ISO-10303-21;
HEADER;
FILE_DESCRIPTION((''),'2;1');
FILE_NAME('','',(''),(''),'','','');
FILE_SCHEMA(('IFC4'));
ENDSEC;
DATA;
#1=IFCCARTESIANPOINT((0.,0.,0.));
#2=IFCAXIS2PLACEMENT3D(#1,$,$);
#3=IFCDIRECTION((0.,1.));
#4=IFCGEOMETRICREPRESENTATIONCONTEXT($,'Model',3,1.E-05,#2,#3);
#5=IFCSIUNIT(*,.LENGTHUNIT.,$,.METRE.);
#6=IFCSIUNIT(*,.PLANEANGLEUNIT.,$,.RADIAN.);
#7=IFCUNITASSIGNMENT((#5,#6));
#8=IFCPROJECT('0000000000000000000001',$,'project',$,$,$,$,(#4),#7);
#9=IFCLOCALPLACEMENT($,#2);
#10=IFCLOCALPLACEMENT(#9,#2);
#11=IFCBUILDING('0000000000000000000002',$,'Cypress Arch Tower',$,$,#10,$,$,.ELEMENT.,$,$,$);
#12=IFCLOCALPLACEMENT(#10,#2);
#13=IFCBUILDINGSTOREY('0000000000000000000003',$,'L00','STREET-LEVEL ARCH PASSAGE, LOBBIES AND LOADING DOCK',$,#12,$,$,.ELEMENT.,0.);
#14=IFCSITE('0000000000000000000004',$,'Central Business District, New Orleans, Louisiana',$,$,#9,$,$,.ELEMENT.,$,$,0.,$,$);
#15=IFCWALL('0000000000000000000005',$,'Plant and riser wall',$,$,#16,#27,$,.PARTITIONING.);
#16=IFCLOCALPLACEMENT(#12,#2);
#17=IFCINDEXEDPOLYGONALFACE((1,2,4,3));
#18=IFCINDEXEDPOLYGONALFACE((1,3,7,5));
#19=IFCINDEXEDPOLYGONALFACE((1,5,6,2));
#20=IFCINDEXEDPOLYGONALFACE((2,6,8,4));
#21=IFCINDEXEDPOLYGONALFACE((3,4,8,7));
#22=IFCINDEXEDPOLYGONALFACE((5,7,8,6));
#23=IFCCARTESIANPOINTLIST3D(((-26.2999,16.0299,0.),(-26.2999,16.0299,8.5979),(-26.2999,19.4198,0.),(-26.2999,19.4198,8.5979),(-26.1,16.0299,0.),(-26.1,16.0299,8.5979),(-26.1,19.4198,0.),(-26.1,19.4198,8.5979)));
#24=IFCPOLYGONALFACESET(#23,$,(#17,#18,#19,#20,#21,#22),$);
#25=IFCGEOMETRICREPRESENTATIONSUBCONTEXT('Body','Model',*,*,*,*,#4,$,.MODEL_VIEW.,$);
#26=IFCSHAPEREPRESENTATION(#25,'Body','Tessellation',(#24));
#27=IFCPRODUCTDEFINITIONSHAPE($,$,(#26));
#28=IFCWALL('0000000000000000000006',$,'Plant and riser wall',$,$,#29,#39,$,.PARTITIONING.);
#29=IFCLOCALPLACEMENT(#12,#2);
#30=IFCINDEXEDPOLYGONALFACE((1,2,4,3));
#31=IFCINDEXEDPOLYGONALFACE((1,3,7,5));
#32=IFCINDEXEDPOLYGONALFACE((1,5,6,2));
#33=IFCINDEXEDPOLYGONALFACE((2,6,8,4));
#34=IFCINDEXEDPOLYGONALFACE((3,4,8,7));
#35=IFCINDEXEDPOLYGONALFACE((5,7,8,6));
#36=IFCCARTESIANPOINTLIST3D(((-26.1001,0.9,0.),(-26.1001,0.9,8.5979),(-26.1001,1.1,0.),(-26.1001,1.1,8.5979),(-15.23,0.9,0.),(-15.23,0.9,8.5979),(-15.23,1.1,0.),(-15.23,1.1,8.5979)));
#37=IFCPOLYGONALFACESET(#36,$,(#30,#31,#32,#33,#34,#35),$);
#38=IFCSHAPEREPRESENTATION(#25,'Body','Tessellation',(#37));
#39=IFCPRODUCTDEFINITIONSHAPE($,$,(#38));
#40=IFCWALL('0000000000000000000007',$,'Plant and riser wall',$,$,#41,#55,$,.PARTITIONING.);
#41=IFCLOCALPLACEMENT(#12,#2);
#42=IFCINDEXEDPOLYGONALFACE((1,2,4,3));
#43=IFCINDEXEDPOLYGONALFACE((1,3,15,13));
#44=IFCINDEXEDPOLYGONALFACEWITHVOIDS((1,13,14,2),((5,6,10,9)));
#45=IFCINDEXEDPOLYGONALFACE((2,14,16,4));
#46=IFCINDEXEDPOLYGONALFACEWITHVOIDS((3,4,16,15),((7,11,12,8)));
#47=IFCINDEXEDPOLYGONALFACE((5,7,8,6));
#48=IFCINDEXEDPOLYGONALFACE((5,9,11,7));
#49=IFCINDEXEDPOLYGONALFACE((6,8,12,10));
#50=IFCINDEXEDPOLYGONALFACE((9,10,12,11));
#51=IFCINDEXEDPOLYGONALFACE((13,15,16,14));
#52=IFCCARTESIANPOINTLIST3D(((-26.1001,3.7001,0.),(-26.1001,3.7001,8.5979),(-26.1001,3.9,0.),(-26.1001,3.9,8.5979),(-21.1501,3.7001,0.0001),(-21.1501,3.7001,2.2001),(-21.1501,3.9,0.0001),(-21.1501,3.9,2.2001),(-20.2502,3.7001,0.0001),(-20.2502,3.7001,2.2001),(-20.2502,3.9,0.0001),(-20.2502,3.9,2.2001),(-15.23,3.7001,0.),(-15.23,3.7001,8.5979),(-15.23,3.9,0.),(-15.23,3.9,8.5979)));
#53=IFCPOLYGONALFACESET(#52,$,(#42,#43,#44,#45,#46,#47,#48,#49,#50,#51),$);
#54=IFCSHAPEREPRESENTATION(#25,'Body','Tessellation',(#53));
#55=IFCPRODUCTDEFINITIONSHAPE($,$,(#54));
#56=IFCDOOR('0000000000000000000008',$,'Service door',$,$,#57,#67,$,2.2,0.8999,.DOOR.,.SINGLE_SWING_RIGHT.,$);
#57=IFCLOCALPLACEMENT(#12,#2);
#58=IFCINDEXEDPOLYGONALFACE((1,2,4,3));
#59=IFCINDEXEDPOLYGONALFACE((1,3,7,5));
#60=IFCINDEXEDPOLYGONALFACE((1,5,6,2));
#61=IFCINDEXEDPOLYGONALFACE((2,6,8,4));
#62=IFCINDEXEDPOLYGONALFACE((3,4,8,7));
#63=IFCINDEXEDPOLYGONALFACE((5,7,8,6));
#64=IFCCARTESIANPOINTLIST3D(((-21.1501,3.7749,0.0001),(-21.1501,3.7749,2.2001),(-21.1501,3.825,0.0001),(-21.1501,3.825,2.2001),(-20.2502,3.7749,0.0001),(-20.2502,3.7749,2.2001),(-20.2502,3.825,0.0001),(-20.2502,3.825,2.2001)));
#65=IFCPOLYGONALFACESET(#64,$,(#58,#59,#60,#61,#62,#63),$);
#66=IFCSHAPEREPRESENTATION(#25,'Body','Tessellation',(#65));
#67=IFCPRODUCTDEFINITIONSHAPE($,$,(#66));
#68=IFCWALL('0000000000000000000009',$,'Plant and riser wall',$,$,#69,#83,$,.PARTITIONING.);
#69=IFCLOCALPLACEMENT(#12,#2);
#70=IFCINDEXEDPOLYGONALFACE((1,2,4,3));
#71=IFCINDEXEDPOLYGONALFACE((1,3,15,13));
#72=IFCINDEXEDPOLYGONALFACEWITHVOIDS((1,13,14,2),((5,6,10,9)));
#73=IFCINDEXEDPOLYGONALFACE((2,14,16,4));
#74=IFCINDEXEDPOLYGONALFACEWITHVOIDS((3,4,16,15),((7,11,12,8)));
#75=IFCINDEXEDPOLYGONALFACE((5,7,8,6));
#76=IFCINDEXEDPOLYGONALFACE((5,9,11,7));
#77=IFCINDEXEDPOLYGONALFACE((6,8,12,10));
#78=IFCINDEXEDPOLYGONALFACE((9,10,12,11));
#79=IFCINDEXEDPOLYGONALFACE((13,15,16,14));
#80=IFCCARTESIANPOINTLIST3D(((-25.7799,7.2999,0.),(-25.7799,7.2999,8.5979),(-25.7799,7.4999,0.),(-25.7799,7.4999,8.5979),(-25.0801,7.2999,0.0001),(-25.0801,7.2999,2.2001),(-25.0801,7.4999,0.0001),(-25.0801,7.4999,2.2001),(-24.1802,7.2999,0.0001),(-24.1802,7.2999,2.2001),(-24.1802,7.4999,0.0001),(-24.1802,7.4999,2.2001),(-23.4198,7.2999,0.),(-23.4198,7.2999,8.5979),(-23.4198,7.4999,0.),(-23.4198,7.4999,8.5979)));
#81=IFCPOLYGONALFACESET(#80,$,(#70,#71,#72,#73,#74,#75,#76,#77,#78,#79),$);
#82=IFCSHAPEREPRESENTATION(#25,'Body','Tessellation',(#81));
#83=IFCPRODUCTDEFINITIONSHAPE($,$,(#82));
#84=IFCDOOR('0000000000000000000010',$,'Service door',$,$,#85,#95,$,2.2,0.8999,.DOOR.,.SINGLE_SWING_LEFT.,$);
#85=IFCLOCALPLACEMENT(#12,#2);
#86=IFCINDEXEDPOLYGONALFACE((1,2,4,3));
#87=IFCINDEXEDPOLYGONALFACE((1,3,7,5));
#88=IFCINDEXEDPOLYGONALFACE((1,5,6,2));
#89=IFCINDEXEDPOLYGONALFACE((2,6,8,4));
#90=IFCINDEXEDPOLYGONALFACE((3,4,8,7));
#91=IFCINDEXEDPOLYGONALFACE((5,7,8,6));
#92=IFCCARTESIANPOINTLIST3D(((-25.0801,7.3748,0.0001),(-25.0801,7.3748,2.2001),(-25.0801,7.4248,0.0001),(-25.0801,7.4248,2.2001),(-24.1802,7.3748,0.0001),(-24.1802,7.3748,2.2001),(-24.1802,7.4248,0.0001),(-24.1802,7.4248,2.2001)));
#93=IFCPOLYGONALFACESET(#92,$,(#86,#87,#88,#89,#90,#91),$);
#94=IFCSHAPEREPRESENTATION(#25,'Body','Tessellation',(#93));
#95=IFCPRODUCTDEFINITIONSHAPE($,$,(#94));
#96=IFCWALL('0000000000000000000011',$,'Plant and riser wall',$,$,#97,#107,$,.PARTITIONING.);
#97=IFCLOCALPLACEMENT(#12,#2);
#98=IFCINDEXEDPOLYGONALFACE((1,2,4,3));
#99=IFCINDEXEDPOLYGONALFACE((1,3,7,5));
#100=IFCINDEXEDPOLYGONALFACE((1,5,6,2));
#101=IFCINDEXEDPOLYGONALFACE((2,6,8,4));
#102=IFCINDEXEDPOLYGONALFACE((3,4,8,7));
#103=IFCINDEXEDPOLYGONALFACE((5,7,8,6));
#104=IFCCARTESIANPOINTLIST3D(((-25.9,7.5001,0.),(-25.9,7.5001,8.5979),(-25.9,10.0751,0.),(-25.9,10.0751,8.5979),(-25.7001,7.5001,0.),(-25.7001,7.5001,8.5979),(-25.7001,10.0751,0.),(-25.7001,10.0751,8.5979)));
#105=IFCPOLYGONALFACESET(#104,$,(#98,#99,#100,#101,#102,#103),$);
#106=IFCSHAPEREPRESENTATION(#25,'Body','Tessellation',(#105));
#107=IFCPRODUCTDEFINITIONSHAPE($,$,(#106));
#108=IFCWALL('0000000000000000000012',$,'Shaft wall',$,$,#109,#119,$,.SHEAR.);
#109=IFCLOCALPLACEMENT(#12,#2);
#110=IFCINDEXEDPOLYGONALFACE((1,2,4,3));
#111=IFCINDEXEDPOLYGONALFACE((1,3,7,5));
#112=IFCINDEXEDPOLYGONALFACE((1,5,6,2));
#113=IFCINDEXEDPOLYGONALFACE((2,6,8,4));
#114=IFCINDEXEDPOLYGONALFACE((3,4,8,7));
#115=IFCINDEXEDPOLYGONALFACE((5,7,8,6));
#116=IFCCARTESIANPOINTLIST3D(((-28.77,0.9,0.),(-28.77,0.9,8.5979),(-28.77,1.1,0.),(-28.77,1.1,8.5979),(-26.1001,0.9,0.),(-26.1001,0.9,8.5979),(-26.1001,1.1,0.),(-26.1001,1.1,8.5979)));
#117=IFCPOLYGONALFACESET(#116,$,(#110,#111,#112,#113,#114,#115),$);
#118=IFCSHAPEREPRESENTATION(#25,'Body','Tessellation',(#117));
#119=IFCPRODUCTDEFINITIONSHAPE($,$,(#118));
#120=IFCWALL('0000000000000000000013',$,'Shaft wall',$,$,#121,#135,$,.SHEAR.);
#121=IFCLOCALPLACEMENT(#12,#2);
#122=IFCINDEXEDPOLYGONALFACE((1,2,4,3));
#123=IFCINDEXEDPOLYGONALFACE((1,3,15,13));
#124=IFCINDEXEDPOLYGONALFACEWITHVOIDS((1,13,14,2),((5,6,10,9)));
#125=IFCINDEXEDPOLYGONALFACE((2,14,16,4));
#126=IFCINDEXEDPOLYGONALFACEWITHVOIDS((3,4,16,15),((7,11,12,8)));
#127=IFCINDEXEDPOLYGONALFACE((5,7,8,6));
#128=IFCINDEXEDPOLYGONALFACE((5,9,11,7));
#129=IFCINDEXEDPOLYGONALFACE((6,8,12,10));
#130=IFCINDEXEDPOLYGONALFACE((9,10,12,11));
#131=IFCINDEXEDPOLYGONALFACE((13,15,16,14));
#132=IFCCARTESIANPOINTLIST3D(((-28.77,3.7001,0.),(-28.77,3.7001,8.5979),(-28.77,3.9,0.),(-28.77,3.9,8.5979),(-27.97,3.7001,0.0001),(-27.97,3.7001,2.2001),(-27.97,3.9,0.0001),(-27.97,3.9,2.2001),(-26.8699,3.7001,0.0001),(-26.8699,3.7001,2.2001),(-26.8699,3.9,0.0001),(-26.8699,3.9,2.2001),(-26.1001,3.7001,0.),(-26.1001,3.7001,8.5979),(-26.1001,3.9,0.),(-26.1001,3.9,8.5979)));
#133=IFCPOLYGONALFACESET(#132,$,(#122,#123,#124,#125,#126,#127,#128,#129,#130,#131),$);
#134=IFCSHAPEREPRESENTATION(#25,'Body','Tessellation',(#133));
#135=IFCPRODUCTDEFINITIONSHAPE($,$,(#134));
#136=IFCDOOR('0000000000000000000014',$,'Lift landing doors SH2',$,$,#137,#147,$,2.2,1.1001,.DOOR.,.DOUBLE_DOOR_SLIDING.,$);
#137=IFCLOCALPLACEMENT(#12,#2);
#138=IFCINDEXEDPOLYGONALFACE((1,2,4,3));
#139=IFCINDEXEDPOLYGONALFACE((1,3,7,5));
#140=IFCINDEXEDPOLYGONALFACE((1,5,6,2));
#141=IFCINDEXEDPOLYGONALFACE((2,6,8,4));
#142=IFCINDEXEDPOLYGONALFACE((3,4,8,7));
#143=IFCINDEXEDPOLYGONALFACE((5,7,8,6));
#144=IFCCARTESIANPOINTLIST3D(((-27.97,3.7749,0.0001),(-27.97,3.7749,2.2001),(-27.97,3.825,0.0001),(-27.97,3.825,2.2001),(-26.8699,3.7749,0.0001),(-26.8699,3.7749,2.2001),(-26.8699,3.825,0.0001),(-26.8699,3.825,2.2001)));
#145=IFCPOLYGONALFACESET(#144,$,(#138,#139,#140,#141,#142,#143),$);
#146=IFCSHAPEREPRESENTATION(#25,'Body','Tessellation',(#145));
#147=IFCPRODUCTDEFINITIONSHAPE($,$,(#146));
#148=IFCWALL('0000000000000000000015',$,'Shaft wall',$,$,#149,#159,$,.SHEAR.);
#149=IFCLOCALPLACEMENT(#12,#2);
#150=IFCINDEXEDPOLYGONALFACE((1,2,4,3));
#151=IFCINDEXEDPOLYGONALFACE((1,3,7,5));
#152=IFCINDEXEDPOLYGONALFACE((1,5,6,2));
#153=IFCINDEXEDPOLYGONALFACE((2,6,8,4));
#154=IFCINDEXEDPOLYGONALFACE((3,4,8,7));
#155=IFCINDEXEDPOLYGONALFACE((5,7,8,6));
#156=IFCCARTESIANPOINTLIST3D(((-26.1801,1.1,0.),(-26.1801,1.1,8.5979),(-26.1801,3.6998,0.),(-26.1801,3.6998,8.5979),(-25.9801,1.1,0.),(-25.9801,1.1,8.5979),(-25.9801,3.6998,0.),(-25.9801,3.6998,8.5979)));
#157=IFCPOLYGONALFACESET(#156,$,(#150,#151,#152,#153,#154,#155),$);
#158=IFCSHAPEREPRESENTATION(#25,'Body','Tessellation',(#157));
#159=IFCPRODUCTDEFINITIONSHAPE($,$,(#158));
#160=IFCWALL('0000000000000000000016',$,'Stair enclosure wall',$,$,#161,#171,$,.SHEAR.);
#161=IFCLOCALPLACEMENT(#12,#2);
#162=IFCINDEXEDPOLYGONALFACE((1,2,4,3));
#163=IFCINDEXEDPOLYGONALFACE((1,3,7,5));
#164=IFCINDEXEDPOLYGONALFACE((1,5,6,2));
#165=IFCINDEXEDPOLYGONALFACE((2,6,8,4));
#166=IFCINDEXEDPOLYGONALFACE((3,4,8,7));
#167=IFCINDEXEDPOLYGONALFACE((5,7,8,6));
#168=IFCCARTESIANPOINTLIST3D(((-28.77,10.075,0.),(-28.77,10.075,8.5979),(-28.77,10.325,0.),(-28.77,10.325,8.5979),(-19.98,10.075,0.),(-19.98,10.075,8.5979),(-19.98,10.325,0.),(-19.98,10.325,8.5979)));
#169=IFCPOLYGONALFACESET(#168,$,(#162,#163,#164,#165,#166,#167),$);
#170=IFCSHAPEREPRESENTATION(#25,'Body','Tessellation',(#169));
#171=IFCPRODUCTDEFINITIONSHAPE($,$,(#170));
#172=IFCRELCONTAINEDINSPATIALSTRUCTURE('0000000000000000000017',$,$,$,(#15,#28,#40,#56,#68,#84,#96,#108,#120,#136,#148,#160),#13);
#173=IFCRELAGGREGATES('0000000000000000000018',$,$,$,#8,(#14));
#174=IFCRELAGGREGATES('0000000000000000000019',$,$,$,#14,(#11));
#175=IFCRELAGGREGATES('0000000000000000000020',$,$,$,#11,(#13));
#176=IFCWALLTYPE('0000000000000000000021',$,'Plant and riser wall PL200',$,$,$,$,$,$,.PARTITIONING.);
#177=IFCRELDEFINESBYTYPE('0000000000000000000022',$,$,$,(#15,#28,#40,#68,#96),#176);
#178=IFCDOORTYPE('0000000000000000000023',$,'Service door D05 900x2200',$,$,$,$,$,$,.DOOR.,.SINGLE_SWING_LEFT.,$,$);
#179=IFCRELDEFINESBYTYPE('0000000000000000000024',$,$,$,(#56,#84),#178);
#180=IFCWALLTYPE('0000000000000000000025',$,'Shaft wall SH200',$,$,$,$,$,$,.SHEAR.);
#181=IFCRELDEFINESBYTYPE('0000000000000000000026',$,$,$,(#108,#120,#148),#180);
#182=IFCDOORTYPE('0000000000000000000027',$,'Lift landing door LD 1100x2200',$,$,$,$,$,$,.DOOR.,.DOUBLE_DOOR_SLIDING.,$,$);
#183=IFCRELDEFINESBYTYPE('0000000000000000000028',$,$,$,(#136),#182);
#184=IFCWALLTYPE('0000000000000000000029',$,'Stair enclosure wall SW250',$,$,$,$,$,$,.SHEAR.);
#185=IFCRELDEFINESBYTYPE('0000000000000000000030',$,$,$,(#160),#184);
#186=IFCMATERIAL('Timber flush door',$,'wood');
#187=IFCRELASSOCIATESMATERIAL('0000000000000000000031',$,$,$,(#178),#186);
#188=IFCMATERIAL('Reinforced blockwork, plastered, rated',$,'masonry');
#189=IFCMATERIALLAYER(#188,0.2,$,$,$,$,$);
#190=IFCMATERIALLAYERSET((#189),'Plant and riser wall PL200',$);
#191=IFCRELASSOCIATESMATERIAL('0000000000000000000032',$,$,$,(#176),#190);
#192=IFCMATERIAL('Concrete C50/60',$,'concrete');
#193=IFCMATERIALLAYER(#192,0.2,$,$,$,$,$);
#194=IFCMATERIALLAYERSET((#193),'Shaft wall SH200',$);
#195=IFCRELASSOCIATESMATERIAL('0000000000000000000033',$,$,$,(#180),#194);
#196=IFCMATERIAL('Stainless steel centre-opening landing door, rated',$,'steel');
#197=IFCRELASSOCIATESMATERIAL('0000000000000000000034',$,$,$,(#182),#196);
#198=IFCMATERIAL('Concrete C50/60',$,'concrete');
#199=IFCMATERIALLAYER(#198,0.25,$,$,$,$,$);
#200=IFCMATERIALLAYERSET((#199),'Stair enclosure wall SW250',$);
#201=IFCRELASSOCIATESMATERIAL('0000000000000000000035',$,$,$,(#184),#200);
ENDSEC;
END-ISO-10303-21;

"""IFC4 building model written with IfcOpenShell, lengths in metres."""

from ifc_helpers import new_model, si_unit, direction, frame, frame_2d, origin, place, context, subcontext, project, spatial, rectangle, extrude, material, layer, layer_set, type_object, element, fill, save


model = new_model("IFC4")

# Units and contexts
model_context = context("Model", 3, precision=1e-05, world=origin(), true_north=direction((0.0, 1.0)))
body_context = subcontext(model_context, "Body", "Model", "MODEL_VIEW")
ifc_project = project(units=[si_unit("LENGTHUNIT", "METRE"), si_unit("PLANEANGLEUNIT", "RADIAN")], contexts=[model_context])

# Site, building, storey
site_placement = place(None, origin())
site = spatial("IfcSite", under=ifc_project, at=site_placement, Name="Central Business District, New Orleans, Louisiana", CompositionType="ELEMENT", RefElevation=0.0)
building_placement = place(site_placement, origin())
building = spatial("IfcBuilding", under=site, at=building_placement, Name="Cypress Arch Tower", CompositionType="ELEMENT")
storey_placement = place(building_placement, origin())
storey = spatial("IfcBuildingStorey", under=building, at=storey_placement, Name="L00", Description="STREET-LEVEL ARCH PASSAGE, LOBBIES AND LOADING DOCK", CompositionType="ELEMENT", Elevation=0.0)

# Shared definitions
ifc_material_1 = material(Name="Timber flush door", Category="wood")
door_type_1 = type_object("IfcDoorType", Name="Service door D05 900x2200", OperationType="SINGLE_SWING_LEFT", PredefinedType="DOOR", material=ifc_material_1)

# Walls
ifc_material_2 = material(Name="Reinforced blockwork, plastered, rated", Category="masonry")
ifc_layer_1 = layer(ifc_material_2, 0.2)
ifc_layer_set_1 = layer_set([ifc_layer_1], Name="Plant and riser wall PL200")
wall_type_1 = type_object("IfcWallType", Name="Plant and riser wall PL200", PredefinedType="PARTITIONING", material=ifc_layer_set_1)
wall_1_placement = place(storey_placement, frame((-26.2, 16.03, 0.0), z_axis=(0.0, 0.0, 1.0), x_axis=(0.0, 1.0, 0.0)))
element("IfcWall", 1, at=wall_1_placement, inside=storey, type_object=wall_type_1, Name="Plant and riser wall", PredefinedType="PARTITIONING", context=body_context, shape_type="SweptSolid", body=[
    extrude(rectangle(XDim=3.3899, YDim=0.2, at=frame_2d((1.6948, 0.0))), origin(), (0.0, 0.0, 1.0), 8.5979),
])
wall_2_placement = place(storey_placement, frame((-26.1001, 1.0, 0.0), z_axis=(0.0, 0.0, 1.0), x_axis=(1.0, 0.0, 0.0)))
element("IfcWall", 2, at=wall_2_placement, inside=storey, type_object=wall_type_1, Name="Plant and riser wall", PredefinedType="PARTITIONING", context=body_context, shape_type="SweptSolid", body=[
    extrude(rectangle(XDim=10.8701, YDim=0.2, at=frame_2d((5.4351, 0.0))), origin(), (0.0, 0.0, 1.0), 8.5979),
])

# Walls, openings, doors
wall_3_placement = place(storey_placement, frame((-26.1001, 3.8, 0.0), z_axis=(0.0, 0.0, 1.0), x_axis=(1.0, 0.0, 0.0)))
wall_3 = element("IfcWall", 3, at=wall_3_placement, inside=storey, type_object=wall_type_1, Name="Plant and riser wall", PredefinedType="PARTITIONING", context=body_context, shape_type="SweptSolid", body=[
    extrude(rectangle(XDim=10.8701, YDim=0.2, at=frame_2d((5.4351, 0.0))), origin(), (0.0, 0.0, 1.0), 8.5979),
])
opening_1_placement = place(wall_3_placement, frame((4.95, 0.0, 0.0)))
opening_1 = element("IfcOpeningElement", 4, at=opening_1_placement, cuts=wall_3, PredefinedType="OPENING", context=body_context, shape_type="SweptSolid", body=[
    extrude(rectangle(XDim=0.8999, YDim=2.2, at=frame_2d((0.45, 1.1001))), frame((0.0, 0.1099, 0.0), z_axis=(0.0, -1.0, 0.0), x_axis=(1.0, 0.0, 0.0)), (0.0, 0.0, 1.0), 0.22),
])
door_1_placement = place(opening_1_placement, origin())
door_1 = element("IfcDoor", 5, at=door_1_placement, inside=storey, type_object=door_type_1, Name="Service door", OperationType="SINGLE_SWING_RIGHT", OverallHeight=2.2, OverallWidth=0.8999, PredefinedType="DOOR", context=body_context, shape_type="SweptSolid", body=[
    extrude(rectangle(XDim=0.8999, YDim=2.2, at=frame_2d((0.45, 1.1001))), frame((0.0, 0.0249, 0.0), z_axis=(0.0, -1.0, 0.0), x_axis=(1.0, 0.0, 0.0)), (0.0, 0.0, 1.0), 0.05),
])
fill(opening_1, door_1)
wall_4_placement = place(storey_placement, frame((-25.78, 7.3999, 0.0), z_axis=(0.0, 0.0, 1.0), x_axis=(1.0, 0.0, 0.0)))
wall_4 = element("IfcWall", 6, at=wall_4_placement, inside=storey, type_object=wall_type_1, Name="Plant and riser wall", PredefinedType="PARTITIONING", context=body_context, shape_type="SweptSolid", body=[
    extrude(rectangle(XDim=2.3601, YDim=0.2, at=frame_2d((1.1802, 0.0))), origin(), (0.0, 0.0, 1.0), 8.5979),
])
opening_2_placement = place(wall_4_placement, frame((0.7, 0.0, 0.0)))
opening_2 = element("IfcOpeningElement", 7, at=opening_2_placement, cuts=wall_4, PredefinedType="OPENING", context=body_context, shape_type="SweptSolid", body=[
    extrude(rectangle(XDim=0.8999, YDim=2.2, at=frame_2d((0.45, 1.1001))), frame((0.0, 0.1099, 0.0), z_axis=(0.0, -1.0, 0.0), x_axis=(1.0, 0.0, 0.0)), (0.0, 0.0, 1.0), 0.22),
])
door_2_placement = place(opening_2_placement, origin())
door_2 = element("IfcDoor", 8, at=door_2_placement, inside=storey, type_object=door_type_1, Name="Service door", OperationType="SINGLE_SWING_LEFT", OverallHeight=2.2, OverallWidth=0.8999, PredefinedType="DOOR", context=body_context, shape_type="SweptSolid", body=[
    extrude(rectangle(XDim=0.8999, YDim=2.2, at=frame_2d((0.45, 1.1001))), frame((0.0, 0.0249, 0.0), z_axis=(0.0, -1.0, 0.0), x_axis=(1.0, 0.0, 0.0)), (0.0, 0.0, 1.0), 0.05),
])
fill(opening_2, door_2)

# Walls
wall_5_placement = place(storey_placement, frame((-25.8, 7.5, 0.0), z_axis=(0.0, 0.0, 1.0), x_axis=(0.0, 1.0, 0.0)))
element("IfcWall", 9, at=wall_5_placement, inside=storey, type_object=wall_type_1, Name="Plant and riser wall", PredefinedType="PARTITIONING", context=body_context, shape_type="SweptSolid", body=[
    extrude(rectangle(XDim=2.575, YDim=0.2, at=frame_2d((1.2876, 0.0))), origin(), (0.0, 0.0, 1.0), 8.5979),
])
ifc_material_3 = material(Name="Concrete C50/60", Category="concrete")
ifc_layer_2 = layer(ifc_material_3, 0.2)
ifc_layer_set_2 = layer_set([ifc_layer_2], Name="Shaft wall SH200")
wall_type_2 = type_object("IfcWallType", Name="Shaft wall SH200", PredefinedType="SHEAR", material=ifc_layer_set_2)
wall_6_placement = place(storey_placement, frame((-28.77, 1.0, 0.0), z_axis=(0.0, 0.0, 1.0), x_axis=(1.0, 0.0, 0.0)))
element("IfcWall", 10, at=wall_6_placement, inside=storey, type_object=wall_type_2, Name="Shaft wall", PredefinedType="SHEAR", context=body_context, shape_type="SweptSolid", body=[
    extrude(rectangle(XDim=2.6699, YDim=0.2, at=frame_2d((1.335, 0.0))), origin(), (0.0, 0.0, 1.0), 8.5979),
])

# Wall, opening, door
wall_7_placement = place(storey_placement, frame((-28.77, 3.8, 0.0), z_axis=(0.0, 0.0, 1.0), x_axis=(1.0, 0.0, 0.0)))
wall_7 = element("IfcWall", 11, at=wall_7_placement, inside=storey, type_object=wall_type_2, Name="Shaft wall", PredefinedType="SHEAR", context=body_context, shape_type="SweptSolid", body=[
    extrude(rectangle(XDim=2.6699, YDim=0.2, at=frame_2d((1.335, 0.0))), origin(), (0.0, 0.0, 1.0), 8.5979),
])
opening_3_placement = place(wall_7_placement, frame((0.8, 0.0, 0.0)))
opening_3 = element("IfcOpeningElement", 12, at=opening_3_placement, cuts=wall_7, PredefinedType="OPENING", context=body_context, shape_type="SweptSolid", body=[
    extrude(rectangle(XDim=1.1001, YDim=2.2, at=frame_2d((0.55, 1.1001))), frame((0.0, 0.1099, 0.0), z_axis=(0.0, -1.0, 0.0), x_axis=(1.0, 0.0, 0.0)), (0.0, 0.0, 1.0), 0.22),
])
ifc_material_4 = material(Name="Stainless steel centre-opening landing door, rated", Category="steel")
door_type_2 = type_object("IfcDoorType", Name="Lift landing door LD 1100x2200", OperationType="DOUBLE_DOOR_SLIDING", PredefinedType="DOOR", material=ifc_material_4)
door_3_placement = place(opening_3_placement, origin())
door_3 = element("IfcDoor", 13, at=door_3_placement, inside=storey, type_object=door_type_2, Name="Lift landing doors SH2", OperationType="DOUBLE_DOOR_SLIDING", OverallHeight=2.2, OverallWidth=1.1001, PredefinedType="DOOR", context=body_context, shape_type="SweptSolid", body=[
    extrude(rectangle(XDim=1.1001, YDim=2.2, at=frame_2d((0.55, 1.1001))), frame((0.0, 0.0249, 0.0), z_axis=(0.0, -1.0, 0.0), x_axis=(1.0, 0.0, 0.0)), (0.0, 0.0, 1.0), 0.05),
])
fill(opening_3, door_3)

# Walls
wall_8_placement = place(storey_placement, frame((-26.0801, 1.1001, 0.0), z_axis=(0.0, 0.0, 1.0), x_axis=(0.0, 1.0, 0.0)))
element("IfcWall", 14, at=wall_8_placement, inside=storey, type_object=wall_type_2, Name="Shaft wall", PredefinedType="SHEAR", context=body_context, shape_type="SweptSolid", body=[
    extrude(rectangle(XDim=2.5999, YDim=0.2, at=frame_2d((1.2998, 0.0))), origin(), (0.0, 0.0, 1.0), 8.5979),
])
ifc_material_5 = material(Name="Concrete C50/60", Category="concrete")
ifc_layer_3 = layer(ifc_material_5, 0.25)
ifc_layer_set_3 = layer_set([ifc_layer_3], Name="Stair enclosure wall SW250")
wall_type_3 = type_object("IfcWallType", Name="Stair enclosure wall SW250", PredefinedType="SHEAR", material=ifc_layer_set_3)
wall_9_placement = place(storey_placement, frame((-28.77, 10.2, 0.0), z_axis=(0.0, 0.0, 1.0), x_axis=(1.0, 0.0, 0.0)))
element("IfcWall", 15, at=wall_9_placement, inside=storey, type_object=wall_type_3, Name="Stair enclosure wall", PredefinedType="SHEAR", context=body_context, shape_type="SweptSolid", body=[
    extrude(rectangle(XDim=8.79, YDim=0.25, at=frame_2d((4.395, 0.0))), origin(), (0.0, 0.0, 1.0), 8.5979),
])

save(model, "model.ifc")
